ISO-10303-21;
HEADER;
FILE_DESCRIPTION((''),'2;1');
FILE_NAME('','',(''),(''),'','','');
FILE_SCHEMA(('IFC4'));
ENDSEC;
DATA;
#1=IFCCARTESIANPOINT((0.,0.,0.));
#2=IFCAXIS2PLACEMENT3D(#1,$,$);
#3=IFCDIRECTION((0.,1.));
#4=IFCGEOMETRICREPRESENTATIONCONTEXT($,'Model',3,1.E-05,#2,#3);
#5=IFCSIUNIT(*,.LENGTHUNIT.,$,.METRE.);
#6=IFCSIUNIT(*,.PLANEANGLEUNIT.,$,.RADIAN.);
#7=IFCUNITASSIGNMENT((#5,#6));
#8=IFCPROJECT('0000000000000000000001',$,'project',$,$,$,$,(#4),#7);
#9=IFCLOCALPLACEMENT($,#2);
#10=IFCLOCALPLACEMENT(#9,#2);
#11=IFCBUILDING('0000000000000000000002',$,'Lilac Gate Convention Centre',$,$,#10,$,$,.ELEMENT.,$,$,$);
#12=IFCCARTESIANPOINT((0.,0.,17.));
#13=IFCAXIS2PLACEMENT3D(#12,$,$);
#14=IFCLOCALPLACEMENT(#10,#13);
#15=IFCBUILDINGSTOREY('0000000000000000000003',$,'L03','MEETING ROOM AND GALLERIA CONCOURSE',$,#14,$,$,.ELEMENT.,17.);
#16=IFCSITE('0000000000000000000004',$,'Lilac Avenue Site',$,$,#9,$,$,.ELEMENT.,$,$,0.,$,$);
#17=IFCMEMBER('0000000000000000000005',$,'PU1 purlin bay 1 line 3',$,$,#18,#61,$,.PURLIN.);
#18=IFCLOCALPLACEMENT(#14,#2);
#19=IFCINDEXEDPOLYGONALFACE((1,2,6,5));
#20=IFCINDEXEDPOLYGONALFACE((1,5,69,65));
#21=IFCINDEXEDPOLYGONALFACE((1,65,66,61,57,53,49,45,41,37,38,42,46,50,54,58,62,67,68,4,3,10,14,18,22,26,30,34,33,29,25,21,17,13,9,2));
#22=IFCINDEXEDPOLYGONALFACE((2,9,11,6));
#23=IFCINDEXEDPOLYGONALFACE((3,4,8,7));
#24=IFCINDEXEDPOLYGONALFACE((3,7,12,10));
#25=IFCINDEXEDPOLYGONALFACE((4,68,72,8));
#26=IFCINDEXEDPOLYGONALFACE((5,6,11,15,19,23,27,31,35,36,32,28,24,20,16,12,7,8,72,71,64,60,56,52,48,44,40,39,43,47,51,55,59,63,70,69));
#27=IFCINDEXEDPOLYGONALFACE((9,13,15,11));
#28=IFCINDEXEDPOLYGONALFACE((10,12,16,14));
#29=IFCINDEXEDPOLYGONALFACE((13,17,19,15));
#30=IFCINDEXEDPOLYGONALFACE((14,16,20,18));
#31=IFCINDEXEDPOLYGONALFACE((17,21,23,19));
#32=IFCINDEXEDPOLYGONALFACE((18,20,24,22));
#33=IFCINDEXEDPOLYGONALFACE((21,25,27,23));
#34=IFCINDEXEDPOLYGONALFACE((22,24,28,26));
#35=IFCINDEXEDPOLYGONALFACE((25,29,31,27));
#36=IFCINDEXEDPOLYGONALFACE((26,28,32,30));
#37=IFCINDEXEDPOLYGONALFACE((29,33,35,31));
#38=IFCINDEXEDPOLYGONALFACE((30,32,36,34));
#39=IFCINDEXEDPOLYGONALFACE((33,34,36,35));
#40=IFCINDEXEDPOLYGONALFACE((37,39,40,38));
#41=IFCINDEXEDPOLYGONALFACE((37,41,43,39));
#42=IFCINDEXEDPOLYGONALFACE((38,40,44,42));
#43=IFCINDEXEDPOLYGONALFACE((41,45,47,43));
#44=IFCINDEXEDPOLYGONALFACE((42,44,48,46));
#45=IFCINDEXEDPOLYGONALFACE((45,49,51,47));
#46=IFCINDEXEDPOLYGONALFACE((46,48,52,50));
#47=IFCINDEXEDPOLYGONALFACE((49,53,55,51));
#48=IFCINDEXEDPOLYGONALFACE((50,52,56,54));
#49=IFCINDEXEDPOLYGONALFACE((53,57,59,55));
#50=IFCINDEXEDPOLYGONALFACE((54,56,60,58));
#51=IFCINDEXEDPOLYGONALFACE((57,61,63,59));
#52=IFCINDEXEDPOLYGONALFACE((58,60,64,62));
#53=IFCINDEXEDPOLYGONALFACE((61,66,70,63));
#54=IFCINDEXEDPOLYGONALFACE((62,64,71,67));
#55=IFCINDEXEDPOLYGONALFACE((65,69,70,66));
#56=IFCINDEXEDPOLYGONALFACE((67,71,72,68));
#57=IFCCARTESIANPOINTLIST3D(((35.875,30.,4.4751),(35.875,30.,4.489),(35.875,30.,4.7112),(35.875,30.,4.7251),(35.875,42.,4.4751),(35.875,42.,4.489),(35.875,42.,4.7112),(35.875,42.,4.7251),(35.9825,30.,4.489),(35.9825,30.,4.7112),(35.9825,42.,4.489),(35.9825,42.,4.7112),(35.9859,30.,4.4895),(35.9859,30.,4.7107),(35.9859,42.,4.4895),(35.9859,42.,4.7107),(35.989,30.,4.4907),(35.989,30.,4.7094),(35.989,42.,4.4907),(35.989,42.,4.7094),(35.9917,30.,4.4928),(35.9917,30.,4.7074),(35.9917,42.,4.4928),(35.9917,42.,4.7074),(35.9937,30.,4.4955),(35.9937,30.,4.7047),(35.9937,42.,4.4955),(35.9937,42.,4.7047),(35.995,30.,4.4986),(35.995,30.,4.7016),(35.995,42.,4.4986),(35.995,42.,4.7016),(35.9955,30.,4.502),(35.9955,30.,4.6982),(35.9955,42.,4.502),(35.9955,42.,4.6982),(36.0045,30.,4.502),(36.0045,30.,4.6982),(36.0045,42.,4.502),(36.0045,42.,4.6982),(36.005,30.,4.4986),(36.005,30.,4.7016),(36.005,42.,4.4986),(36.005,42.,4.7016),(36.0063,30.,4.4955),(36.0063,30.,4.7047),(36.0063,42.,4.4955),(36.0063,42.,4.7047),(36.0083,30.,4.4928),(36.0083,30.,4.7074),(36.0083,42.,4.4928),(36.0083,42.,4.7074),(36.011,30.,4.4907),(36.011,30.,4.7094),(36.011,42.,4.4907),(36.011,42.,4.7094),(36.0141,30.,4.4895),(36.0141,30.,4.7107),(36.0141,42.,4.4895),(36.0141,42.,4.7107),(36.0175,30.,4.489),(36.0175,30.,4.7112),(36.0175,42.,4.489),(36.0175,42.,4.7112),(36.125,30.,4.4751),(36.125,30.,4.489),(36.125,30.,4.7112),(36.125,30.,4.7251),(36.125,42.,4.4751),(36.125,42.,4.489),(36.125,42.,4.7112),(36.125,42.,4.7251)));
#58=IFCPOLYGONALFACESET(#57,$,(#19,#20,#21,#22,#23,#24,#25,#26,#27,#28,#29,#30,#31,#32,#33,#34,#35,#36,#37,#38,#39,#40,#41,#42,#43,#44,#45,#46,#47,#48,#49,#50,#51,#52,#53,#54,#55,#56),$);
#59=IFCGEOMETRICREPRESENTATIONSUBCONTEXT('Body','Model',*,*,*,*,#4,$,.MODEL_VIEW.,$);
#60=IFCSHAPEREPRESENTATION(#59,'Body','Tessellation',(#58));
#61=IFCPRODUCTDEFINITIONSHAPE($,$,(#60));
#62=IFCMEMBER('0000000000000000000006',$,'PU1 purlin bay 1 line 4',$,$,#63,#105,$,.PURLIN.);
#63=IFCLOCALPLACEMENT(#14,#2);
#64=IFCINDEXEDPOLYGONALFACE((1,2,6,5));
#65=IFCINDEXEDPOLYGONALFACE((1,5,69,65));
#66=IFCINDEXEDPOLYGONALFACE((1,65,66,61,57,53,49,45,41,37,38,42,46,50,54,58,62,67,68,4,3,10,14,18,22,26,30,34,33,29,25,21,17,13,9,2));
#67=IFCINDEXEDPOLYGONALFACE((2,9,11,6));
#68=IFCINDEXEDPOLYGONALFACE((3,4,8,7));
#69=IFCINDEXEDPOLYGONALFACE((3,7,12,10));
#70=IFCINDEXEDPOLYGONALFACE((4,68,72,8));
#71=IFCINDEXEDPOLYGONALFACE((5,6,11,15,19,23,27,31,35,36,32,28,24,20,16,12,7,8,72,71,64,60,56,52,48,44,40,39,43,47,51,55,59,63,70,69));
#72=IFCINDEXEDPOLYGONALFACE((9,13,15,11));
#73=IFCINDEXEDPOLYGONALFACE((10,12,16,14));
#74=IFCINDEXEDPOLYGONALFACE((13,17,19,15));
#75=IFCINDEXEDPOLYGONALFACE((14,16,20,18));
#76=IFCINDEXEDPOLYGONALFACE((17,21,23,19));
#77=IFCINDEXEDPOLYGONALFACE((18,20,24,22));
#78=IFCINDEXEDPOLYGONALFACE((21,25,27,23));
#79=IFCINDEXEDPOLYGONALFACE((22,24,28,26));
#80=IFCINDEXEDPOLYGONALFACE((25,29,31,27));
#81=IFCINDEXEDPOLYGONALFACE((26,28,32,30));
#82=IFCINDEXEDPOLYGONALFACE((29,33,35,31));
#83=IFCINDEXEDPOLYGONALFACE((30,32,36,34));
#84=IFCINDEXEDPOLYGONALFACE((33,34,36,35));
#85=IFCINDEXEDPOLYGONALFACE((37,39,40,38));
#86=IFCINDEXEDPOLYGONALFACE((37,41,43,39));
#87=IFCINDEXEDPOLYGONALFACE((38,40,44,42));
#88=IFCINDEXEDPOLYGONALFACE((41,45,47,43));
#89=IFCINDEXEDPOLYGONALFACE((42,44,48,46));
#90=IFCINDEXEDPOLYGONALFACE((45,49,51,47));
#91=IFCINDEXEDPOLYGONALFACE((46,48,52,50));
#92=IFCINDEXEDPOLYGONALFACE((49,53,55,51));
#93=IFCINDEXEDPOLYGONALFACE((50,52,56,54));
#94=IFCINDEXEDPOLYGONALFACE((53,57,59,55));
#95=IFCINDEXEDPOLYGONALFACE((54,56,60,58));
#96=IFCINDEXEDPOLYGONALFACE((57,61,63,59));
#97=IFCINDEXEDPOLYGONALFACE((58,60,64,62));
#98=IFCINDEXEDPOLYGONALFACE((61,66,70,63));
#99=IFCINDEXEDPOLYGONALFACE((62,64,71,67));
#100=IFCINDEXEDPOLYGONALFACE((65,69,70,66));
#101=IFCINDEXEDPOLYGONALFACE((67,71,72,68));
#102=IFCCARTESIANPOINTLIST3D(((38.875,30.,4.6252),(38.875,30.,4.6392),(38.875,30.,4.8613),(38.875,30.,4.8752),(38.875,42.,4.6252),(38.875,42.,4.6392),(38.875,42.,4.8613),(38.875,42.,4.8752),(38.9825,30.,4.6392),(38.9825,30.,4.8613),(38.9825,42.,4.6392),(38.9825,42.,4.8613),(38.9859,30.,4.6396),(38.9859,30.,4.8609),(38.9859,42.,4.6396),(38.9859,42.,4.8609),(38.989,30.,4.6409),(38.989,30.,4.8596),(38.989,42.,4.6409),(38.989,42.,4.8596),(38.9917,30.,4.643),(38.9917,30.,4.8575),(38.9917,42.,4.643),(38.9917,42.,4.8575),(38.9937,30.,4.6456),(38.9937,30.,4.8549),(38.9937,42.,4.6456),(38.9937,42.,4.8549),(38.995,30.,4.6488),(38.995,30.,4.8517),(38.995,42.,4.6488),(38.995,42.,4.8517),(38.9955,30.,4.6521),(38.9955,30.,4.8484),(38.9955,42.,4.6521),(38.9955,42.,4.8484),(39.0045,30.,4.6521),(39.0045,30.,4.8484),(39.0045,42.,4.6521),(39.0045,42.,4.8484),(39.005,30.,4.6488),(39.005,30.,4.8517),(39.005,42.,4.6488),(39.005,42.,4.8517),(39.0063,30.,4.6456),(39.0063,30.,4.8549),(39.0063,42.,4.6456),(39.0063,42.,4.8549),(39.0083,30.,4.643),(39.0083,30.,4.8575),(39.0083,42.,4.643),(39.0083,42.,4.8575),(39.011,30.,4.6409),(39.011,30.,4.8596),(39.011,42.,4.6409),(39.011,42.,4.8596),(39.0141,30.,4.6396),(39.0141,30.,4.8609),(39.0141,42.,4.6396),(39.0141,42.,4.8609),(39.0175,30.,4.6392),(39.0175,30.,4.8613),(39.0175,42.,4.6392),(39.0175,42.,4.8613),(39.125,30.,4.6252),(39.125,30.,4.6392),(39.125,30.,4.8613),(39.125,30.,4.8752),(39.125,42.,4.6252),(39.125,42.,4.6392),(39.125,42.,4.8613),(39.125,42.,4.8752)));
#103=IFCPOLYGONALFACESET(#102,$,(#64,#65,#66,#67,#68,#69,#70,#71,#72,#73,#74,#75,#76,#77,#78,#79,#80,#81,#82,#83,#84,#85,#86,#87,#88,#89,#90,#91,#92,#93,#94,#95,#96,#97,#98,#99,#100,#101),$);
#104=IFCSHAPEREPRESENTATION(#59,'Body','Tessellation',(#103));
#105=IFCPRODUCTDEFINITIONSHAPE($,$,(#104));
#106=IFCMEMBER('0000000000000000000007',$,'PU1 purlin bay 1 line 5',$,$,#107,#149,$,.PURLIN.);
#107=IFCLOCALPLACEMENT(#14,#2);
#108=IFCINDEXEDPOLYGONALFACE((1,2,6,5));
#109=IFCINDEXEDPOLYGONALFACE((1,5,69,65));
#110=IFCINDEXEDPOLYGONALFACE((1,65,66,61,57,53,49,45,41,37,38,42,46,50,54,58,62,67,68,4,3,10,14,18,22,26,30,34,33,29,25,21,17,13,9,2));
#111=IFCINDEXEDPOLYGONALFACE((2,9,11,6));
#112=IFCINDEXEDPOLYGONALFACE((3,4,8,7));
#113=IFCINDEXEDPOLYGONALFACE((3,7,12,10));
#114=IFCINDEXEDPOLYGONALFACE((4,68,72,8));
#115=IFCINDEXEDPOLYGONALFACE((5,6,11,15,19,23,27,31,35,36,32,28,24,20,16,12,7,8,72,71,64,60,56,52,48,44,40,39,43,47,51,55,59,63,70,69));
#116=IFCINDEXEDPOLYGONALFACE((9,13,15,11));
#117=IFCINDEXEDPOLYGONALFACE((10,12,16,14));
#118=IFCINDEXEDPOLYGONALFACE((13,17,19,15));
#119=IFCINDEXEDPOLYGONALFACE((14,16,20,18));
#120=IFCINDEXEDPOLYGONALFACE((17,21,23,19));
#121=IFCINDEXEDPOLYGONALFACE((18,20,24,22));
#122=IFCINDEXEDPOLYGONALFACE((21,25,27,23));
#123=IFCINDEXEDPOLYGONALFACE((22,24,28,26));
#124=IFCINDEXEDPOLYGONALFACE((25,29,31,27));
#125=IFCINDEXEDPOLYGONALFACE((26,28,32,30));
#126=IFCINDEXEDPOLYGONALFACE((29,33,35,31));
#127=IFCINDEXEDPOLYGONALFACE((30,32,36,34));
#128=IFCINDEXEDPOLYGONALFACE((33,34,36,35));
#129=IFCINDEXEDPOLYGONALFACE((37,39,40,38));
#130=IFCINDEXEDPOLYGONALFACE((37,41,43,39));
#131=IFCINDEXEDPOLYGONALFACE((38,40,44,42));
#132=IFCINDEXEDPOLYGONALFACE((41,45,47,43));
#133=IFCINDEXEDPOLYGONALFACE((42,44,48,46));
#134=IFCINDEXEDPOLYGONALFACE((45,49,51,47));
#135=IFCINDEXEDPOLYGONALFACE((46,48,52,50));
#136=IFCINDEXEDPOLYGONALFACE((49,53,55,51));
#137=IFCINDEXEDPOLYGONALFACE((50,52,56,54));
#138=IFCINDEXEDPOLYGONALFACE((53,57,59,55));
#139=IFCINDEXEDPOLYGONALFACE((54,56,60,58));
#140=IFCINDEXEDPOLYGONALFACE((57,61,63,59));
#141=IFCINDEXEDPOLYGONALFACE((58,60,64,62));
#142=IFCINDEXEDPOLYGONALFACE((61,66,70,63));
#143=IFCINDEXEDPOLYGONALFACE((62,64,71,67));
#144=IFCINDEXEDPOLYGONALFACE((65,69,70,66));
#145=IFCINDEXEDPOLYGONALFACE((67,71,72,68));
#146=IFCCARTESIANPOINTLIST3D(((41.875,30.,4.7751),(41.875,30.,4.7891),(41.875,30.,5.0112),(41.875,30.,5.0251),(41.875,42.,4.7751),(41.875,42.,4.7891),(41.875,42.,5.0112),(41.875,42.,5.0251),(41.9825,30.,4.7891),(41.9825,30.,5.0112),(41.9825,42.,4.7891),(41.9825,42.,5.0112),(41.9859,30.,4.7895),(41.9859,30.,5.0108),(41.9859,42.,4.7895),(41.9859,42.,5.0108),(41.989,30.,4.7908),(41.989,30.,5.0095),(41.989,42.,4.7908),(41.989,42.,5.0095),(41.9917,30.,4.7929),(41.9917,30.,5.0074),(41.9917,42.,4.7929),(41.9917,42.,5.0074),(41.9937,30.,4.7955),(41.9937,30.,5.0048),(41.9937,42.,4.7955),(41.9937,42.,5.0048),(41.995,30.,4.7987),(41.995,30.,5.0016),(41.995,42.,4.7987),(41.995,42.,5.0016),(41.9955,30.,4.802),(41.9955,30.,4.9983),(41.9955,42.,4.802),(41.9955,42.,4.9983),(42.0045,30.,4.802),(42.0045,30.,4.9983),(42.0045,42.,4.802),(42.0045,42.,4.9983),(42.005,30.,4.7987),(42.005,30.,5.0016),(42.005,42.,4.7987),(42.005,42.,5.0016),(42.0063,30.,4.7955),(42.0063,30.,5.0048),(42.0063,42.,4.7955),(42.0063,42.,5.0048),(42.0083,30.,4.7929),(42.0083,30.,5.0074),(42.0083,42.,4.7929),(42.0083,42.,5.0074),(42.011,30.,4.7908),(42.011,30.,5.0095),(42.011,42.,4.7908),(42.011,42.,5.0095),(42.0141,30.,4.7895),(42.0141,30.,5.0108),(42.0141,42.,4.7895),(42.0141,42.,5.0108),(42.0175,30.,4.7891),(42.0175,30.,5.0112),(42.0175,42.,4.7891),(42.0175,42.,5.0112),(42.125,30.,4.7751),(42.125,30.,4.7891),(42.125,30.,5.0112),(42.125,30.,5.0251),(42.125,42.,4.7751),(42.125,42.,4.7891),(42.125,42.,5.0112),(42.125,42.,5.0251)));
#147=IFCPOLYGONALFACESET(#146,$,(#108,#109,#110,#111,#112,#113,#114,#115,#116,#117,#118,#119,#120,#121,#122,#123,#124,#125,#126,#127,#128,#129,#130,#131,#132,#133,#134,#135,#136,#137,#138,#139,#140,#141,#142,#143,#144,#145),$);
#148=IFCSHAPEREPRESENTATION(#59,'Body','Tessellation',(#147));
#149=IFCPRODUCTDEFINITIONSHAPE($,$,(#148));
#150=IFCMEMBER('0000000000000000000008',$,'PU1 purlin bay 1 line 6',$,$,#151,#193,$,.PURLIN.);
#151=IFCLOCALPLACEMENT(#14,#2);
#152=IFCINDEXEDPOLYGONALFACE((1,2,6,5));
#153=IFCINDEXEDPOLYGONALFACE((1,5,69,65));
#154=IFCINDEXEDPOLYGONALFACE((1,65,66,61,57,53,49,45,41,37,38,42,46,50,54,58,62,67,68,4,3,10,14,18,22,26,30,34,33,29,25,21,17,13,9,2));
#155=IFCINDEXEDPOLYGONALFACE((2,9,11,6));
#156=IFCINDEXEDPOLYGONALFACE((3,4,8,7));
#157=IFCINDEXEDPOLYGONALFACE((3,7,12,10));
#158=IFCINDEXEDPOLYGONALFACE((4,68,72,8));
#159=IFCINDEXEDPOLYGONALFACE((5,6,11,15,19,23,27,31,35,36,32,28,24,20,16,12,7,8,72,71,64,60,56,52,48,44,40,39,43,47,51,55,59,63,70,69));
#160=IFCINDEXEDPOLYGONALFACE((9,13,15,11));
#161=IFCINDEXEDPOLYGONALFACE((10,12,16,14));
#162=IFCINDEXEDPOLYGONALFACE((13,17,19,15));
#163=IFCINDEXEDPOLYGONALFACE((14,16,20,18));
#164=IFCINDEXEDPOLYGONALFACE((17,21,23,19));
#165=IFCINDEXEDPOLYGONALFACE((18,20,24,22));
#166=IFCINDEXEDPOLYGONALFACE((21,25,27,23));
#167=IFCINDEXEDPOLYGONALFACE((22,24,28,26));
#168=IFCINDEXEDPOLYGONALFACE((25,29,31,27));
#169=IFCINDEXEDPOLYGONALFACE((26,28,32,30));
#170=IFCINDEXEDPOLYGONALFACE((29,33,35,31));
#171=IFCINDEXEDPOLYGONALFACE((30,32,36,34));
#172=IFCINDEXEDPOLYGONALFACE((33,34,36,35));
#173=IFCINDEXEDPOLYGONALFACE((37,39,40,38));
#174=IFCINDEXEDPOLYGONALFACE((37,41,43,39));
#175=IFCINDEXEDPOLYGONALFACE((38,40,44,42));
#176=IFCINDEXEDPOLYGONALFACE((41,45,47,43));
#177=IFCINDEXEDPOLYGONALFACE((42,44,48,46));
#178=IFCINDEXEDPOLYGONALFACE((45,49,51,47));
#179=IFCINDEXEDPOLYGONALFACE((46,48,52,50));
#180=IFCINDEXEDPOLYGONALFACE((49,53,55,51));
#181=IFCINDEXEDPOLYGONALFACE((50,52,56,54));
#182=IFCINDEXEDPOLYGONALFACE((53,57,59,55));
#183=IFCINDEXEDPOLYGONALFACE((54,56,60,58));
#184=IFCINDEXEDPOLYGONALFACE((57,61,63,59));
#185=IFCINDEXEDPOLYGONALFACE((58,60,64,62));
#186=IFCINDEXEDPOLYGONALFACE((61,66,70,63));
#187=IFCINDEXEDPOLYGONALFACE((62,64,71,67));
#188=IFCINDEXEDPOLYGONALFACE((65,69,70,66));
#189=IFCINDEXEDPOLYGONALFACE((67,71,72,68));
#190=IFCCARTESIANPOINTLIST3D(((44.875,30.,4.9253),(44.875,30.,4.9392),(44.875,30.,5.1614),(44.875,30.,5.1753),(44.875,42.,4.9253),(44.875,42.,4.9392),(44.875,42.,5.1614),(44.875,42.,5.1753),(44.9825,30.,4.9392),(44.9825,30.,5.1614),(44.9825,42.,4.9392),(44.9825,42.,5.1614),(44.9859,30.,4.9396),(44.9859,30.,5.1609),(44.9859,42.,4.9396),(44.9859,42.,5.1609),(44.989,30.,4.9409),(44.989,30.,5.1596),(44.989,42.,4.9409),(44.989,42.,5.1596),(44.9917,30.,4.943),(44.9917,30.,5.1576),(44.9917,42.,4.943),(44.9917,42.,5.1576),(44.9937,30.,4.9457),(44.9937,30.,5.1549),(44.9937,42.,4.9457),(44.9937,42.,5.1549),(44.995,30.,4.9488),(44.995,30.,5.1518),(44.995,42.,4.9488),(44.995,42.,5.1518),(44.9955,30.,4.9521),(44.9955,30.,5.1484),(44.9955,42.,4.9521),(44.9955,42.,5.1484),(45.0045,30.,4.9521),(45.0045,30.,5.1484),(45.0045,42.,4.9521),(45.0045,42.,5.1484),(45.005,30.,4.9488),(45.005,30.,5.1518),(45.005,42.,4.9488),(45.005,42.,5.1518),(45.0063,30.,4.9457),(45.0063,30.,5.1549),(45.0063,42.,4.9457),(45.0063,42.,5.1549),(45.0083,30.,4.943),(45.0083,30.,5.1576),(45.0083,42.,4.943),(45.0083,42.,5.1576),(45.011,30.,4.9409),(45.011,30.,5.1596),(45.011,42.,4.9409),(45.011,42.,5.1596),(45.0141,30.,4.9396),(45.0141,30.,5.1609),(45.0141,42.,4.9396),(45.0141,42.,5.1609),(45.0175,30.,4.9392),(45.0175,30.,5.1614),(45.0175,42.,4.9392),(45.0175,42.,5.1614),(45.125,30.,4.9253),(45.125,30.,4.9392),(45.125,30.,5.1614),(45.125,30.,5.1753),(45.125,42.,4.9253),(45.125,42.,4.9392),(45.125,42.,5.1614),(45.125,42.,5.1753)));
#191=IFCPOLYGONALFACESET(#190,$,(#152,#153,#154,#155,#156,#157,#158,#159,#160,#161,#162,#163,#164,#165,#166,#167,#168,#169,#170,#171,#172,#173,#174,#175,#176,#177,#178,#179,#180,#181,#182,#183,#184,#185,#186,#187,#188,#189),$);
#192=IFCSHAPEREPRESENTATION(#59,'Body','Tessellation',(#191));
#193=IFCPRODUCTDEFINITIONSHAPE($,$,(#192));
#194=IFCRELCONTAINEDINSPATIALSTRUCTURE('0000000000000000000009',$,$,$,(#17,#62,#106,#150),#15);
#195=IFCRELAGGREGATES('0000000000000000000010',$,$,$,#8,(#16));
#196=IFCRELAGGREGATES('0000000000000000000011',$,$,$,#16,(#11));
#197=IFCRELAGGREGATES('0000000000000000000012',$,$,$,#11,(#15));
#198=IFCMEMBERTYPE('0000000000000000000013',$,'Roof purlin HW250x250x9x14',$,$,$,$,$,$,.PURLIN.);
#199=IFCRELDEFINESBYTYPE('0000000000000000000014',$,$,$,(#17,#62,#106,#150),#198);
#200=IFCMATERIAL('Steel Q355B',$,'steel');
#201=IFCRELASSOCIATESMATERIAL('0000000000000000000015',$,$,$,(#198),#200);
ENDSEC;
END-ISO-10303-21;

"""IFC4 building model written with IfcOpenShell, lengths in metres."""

from ifc_helpers import new_model, si_unit, direction, frame, origin, origin_2d, place, context, subcontext, project, spatial, i_section, extrude, material, material_profile, profile_set, type_object, element, save


model = new_model("IFC4")

# Units and contexts
model_context = context("Model", 3, precision=1e-05, world=origin(), true_north=direction((0.0, 1.0)))
body_context = subcontext(model_context, "Body", "Model", "MODEL_VIEW")
ifc_project = project(units=[si_unit("LENGTHUNIT", "METRE"), si_unit("PLANEANGLEUNIT", "RADIAN")], contexts=[model_context])

# Site, building, storey
site_placement = place(None, origin())
site = spatial("IfcSite", under=ifc_project, at=site_placement, Name="Lilac Avenue Site", CompositionType="ELEMENT", RefElevation=0.0)
building_placement = place(site_placement, origin())
building = spatial("IfcBuilding", under=site, at=building_placement, Name="Lilac Gate Convention Centre", CompositionType="ELEMENT")
storey_placement = place(building_placement, frame((0.0, 0.0, 17.0)))
storey = spatial("IfcBuildingStorey", under=building, at=storey_placement, Name="L03", Description="MEETING ROOM AND GALLERIA CONCOURSE", CompositionType="ELEMENT", Elevation=17.0)

# Members
ifc_material = material(Name="Steel Q355B", Category="steel")
ifc_material_profile_1 = material_profile(ifc_material, i_section(OverallWidth=0.25, OverallDepth=0.25, WebThickness=0.009, FlangeThickness=0.0139, FilletRadius=0.0129, at=origin_2d()), Name="HW250x250x9x14")
ifc_profile_set_1 = profile_set([ifc_material_profile_1], Name="Steel Q355B")
member_type_1 = type_object("IfcMemberType", Name="Roof purlin HW250x250x9x14", PredefinedType="PURLIN", material=ifc_profile_set_1)
for number, where, z_axis, x_axis, name in (
    (1, (36.0, 30.0, 4.6001), (0.0, 1.0, 0.0), (-1.0, 0.0, 0.0), "PU1 purlin bay 1 line 3"),
    (2, (39.0, 30.0, 4.7502), (0.0, 1.0, 0.0), (-1.0, 0.0, 0.0), "PU1 purlin bay 1 line 4"),
    (3, (42.0, 30.0, 4.9001), (0.0, 1.0, 0.0), (-1.0, 0.0, 0.0), "PU1 purlin bay 1 line 5"),
    (4, (45.0, 30.0, 5.0503), (0.0, 1.0, 0.0), (-1.0, 0.0, 0.0), "PU1 purlin bay 1 line 6"),
):
    element("IfcMember", number, at=place(storey_placement, frame(where, z_axis=z_axis, x_axis=x_axis)), inside=storey, type_object=member_type_1, Name=name, PredefinedType="PURLIN", context=body_context, shape_type="SweptSolid", body=[
        extrude(i_section(OverallWidth=0.25, OverallDepth=0.25, WebThickness=0.009, FlangeThickness=0.0139, FilletRadius=0.0129, at=origin_2d()), origin(), (0.0, 0.0, 1.0), 12.0),
    ])

save(model, "model.ifc")
